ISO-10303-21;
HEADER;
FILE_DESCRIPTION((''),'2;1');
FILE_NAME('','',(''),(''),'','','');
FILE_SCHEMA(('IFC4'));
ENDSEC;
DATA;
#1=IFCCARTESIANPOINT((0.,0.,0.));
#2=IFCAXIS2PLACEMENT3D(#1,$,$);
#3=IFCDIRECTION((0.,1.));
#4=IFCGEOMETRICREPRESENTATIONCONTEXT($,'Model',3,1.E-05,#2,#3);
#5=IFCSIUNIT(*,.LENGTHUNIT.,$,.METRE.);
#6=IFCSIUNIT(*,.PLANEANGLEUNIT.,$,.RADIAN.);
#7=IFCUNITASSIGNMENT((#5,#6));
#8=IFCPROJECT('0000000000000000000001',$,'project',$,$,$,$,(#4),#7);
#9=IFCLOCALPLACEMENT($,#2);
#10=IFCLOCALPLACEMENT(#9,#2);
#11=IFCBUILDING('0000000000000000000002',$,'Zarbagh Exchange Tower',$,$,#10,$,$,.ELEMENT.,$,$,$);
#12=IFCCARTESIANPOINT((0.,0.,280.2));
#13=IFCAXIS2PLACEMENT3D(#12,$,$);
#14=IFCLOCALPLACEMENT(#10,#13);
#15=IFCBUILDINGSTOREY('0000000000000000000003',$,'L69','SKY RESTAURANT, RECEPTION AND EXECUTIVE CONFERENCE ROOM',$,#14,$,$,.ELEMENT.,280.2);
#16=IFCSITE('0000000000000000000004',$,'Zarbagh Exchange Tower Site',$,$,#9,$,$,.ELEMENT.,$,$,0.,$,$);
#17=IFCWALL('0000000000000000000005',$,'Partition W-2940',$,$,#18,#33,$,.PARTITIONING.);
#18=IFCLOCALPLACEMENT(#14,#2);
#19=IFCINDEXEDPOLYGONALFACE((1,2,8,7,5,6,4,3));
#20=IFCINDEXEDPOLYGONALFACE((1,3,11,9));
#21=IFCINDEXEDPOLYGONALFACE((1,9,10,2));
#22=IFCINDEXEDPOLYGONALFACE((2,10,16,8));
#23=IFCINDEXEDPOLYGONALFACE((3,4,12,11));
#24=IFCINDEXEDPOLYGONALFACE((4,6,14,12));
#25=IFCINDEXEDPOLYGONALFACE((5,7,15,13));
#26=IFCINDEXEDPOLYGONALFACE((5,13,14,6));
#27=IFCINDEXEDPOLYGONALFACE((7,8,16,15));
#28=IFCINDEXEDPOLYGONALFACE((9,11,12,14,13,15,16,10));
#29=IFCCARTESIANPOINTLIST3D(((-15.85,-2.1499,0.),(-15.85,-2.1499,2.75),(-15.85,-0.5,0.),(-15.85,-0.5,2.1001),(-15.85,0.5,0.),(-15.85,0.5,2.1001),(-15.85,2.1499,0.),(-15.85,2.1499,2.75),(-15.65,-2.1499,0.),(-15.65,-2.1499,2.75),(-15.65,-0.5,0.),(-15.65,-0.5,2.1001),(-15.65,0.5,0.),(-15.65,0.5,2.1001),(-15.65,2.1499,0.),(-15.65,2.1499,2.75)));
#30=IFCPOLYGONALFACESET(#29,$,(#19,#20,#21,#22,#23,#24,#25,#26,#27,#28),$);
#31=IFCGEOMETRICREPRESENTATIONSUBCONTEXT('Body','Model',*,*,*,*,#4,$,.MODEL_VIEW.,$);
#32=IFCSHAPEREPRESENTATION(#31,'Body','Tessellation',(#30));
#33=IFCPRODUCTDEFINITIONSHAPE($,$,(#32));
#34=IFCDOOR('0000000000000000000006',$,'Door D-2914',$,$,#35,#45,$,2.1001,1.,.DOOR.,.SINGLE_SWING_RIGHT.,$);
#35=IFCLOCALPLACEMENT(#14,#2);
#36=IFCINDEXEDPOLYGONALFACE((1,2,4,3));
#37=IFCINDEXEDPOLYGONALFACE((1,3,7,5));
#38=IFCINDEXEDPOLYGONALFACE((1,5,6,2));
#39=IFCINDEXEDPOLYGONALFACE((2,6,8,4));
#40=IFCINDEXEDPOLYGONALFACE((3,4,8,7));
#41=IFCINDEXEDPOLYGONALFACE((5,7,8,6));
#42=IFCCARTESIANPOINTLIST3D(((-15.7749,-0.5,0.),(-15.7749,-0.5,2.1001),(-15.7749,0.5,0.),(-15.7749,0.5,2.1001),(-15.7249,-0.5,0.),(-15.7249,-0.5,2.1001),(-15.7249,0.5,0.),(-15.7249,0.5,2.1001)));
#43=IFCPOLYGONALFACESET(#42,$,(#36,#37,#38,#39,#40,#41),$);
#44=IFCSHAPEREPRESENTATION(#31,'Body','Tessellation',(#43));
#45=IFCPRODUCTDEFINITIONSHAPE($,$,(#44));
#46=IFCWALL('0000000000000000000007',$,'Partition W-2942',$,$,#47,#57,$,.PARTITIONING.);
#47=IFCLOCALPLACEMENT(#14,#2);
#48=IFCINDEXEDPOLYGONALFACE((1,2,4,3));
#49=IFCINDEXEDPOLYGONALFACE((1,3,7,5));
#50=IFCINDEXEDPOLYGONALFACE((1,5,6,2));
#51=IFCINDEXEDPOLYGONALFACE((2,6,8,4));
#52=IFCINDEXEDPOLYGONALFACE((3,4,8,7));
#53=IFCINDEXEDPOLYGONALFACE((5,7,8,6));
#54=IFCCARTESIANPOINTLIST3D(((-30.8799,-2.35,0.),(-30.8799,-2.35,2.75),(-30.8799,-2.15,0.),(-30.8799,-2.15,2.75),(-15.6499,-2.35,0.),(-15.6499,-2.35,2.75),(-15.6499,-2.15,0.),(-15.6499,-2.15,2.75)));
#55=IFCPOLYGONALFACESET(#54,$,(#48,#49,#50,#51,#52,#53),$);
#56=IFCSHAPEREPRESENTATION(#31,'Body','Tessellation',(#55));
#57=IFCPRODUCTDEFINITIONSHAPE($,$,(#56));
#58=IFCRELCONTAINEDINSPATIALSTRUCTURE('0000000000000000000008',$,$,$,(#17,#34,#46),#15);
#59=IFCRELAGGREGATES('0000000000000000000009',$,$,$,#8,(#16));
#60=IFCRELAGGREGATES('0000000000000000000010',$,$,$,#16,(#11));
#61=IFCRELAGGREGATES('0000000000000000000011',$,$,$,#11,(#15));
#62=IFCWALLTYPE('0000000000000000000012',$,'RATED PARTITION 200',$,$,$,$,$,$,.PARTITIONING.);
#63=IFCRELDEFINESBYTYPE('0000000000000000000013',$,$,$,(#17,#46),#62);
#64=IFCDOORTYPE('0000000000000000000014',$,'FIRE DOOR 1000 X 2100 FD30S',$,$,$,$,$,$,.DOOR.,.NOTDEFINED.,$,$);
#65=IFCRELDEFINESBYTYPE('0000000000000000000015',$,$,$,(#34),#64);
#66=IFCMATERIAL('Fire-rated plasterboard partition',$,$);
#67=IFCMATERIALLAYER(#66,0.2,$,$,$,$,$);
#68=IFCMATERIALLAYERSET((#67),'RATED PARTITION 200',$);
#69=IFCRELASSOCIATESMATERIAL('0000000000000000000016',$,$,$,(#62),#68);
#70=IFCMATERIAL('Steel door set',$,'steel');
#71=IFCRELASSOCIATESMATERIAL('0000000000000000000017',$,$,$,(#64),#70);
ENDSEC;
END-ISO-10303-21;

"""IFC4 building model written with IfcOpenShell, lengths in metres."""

from ifc_helpers import new_model, si_unit, direction, frame, frame_2d, origin, place, context, subcontext, project, spatial, rectangle, extrude, material, layer, layer_set, type_object, element, fill, save


model = new_model("IFC4")

# Units and contexts
model_context = context("Model", 3, precision=1e-05, world=origin(), true_north=direction((0.0, 1.0)))
body_context = subcontext(model_context, "Body", "Model", "MODEL_VIEW")
ifc_project = project(units=[si_unit("LENGTHUNIT", "METRE"), si_unit("PLANEANGLEUNIT", "RADIAN")], contexts=[model_context])

# Site, building, storey
site_placement = place(None, origin())
site = spatial("IfcSite", under=ifc_project, at=site_placement, Name="Zarbagh Exchange Tower Site", CompositionType="ELEMENT", RefElevation=0.0)
building_placement = place(site_placement, origin())
building = spatial("IfcBuilding", under=site, at=building_placement, Name="Zarbagh Exchange Tower", CompositionType="ELEMENT")
storey_placement = place(building_placement, frame((0.0, 0.0, 280.2)))
storey = spatial("IfcBuildingStorey", under=building, at=storey_placement, Name="L69", Description="SKY RESTAURANT, RECEPTION AND EXECUTIVE CONFERENCE ROOM", CompositionType="ELEMENT", Elevation=280.2)

# Wall, opening, door
ifc_material_1 = material(Name="Fire-rated plasterboard partition")
ifc_layer = layer(ifc_material_1, 0.2)
ifc_layer_set = layer_set([ifc_layer], Name="RATED PARTITION 200")
wall_type = type_object("IfcWallType", Name="RATED PARTITION 200", PredefinedType="PARTITIONING", material=ifc_layer_set)
ifc_material_2 = material(Name="Steel door set", Category="steel")
door_type = type_object("IfcDoorType", Name="FIRE DOOR 1000 X 2100 FD30S", OperationType="NOTDEFINED", PredefinedType="DOOR", material=ifc_material_2)
wall_1_placement = place(storey_placement, frame((-15.75, -2.1499, 0.0), z_axis=(0.0, 0.0, 1.0), x_axis=(0.0, 1.0, 0.0)))
wall_1 = element("IfcWall", 1, at=wall_1_placement, inside=storey, type_object=wall_type, Name="Partition W-2940", PredefinedType="PARTITIONING", context=body_context, shape_type="SweptSolid", body=[
    extrude(rectangle(XDim=4.2998, YDim=0.2, at=frame_2d((2.1499, 0.0))), origin(), (0.0, 0.0, 1.0), 2.75),
])
opening_1_placement = place(wall_1_placement, frame((1.6499, 0.0, 0.0)))
opening_1 = element("IfcOpeningElement", 2, at=opening_1_placement, cuts=wall_1, PredefinedType="OPENING", context=body_context, shape_type="SweptSolid", body=[
    extrude(rectangle(XDim=1.0, YDim=2.1001, at=frame_2d((0.5, 1.05))), frame((0.0, 0.1099, 0.0), z_axis=(0.0, -1.0, 0.0), x_axis=(1.0, 0.0, 0.0)), (0.0, 0.0, 1.0), 0.22),
])
door_1_placement = place(opening_1_placement, origin())
door_1 = element("IfcDoor", 3, at=door_1_placement, inside=storey, type_object=door_type, Name="Door D-2914", OperationType="SINGLE_SWING_RIGHT", OverallHeight=2.1001, OverallWidth=1.0, PredefinedType="DOOR", context=body_context, shape_type="SweptSolid", body=[
    extrude(rectangle(XDim=1.0, YDim=2.1001, at=frame_2d((0.5, 1.05))), frame((0.0, 0.0249, 0.0), z_axis=(0.0, -1.0, 0.0), x_axis=(1.0, 0.0, 0.0)), (0.0, 0.0, 1.0), 0.05),
])
fill(opening_1, door_1)

# Wall
wall_2_placement = place(storey_placement, frame((-30.8799, -2.25, 0.0), z_axis=(0.0, 0.0, 1.0), x_axis=(1.0, 0.0, 0.0)))
element("IfcWall", 4, at=wall_2_placement, inside=storey, type_object=wall_type, Name="Partition W-2942", PredefinedType="PARTITIONING", context=body_context, shape_type="SweptSolid", body=[
    extrude(rectangle(XDim=15.23, YDim=0.2, at=frame_2d((7.615, 0.0))), origin(), (0.0, 0.0, 1.0), 2.75),
])

save(model, "model.ifc")
